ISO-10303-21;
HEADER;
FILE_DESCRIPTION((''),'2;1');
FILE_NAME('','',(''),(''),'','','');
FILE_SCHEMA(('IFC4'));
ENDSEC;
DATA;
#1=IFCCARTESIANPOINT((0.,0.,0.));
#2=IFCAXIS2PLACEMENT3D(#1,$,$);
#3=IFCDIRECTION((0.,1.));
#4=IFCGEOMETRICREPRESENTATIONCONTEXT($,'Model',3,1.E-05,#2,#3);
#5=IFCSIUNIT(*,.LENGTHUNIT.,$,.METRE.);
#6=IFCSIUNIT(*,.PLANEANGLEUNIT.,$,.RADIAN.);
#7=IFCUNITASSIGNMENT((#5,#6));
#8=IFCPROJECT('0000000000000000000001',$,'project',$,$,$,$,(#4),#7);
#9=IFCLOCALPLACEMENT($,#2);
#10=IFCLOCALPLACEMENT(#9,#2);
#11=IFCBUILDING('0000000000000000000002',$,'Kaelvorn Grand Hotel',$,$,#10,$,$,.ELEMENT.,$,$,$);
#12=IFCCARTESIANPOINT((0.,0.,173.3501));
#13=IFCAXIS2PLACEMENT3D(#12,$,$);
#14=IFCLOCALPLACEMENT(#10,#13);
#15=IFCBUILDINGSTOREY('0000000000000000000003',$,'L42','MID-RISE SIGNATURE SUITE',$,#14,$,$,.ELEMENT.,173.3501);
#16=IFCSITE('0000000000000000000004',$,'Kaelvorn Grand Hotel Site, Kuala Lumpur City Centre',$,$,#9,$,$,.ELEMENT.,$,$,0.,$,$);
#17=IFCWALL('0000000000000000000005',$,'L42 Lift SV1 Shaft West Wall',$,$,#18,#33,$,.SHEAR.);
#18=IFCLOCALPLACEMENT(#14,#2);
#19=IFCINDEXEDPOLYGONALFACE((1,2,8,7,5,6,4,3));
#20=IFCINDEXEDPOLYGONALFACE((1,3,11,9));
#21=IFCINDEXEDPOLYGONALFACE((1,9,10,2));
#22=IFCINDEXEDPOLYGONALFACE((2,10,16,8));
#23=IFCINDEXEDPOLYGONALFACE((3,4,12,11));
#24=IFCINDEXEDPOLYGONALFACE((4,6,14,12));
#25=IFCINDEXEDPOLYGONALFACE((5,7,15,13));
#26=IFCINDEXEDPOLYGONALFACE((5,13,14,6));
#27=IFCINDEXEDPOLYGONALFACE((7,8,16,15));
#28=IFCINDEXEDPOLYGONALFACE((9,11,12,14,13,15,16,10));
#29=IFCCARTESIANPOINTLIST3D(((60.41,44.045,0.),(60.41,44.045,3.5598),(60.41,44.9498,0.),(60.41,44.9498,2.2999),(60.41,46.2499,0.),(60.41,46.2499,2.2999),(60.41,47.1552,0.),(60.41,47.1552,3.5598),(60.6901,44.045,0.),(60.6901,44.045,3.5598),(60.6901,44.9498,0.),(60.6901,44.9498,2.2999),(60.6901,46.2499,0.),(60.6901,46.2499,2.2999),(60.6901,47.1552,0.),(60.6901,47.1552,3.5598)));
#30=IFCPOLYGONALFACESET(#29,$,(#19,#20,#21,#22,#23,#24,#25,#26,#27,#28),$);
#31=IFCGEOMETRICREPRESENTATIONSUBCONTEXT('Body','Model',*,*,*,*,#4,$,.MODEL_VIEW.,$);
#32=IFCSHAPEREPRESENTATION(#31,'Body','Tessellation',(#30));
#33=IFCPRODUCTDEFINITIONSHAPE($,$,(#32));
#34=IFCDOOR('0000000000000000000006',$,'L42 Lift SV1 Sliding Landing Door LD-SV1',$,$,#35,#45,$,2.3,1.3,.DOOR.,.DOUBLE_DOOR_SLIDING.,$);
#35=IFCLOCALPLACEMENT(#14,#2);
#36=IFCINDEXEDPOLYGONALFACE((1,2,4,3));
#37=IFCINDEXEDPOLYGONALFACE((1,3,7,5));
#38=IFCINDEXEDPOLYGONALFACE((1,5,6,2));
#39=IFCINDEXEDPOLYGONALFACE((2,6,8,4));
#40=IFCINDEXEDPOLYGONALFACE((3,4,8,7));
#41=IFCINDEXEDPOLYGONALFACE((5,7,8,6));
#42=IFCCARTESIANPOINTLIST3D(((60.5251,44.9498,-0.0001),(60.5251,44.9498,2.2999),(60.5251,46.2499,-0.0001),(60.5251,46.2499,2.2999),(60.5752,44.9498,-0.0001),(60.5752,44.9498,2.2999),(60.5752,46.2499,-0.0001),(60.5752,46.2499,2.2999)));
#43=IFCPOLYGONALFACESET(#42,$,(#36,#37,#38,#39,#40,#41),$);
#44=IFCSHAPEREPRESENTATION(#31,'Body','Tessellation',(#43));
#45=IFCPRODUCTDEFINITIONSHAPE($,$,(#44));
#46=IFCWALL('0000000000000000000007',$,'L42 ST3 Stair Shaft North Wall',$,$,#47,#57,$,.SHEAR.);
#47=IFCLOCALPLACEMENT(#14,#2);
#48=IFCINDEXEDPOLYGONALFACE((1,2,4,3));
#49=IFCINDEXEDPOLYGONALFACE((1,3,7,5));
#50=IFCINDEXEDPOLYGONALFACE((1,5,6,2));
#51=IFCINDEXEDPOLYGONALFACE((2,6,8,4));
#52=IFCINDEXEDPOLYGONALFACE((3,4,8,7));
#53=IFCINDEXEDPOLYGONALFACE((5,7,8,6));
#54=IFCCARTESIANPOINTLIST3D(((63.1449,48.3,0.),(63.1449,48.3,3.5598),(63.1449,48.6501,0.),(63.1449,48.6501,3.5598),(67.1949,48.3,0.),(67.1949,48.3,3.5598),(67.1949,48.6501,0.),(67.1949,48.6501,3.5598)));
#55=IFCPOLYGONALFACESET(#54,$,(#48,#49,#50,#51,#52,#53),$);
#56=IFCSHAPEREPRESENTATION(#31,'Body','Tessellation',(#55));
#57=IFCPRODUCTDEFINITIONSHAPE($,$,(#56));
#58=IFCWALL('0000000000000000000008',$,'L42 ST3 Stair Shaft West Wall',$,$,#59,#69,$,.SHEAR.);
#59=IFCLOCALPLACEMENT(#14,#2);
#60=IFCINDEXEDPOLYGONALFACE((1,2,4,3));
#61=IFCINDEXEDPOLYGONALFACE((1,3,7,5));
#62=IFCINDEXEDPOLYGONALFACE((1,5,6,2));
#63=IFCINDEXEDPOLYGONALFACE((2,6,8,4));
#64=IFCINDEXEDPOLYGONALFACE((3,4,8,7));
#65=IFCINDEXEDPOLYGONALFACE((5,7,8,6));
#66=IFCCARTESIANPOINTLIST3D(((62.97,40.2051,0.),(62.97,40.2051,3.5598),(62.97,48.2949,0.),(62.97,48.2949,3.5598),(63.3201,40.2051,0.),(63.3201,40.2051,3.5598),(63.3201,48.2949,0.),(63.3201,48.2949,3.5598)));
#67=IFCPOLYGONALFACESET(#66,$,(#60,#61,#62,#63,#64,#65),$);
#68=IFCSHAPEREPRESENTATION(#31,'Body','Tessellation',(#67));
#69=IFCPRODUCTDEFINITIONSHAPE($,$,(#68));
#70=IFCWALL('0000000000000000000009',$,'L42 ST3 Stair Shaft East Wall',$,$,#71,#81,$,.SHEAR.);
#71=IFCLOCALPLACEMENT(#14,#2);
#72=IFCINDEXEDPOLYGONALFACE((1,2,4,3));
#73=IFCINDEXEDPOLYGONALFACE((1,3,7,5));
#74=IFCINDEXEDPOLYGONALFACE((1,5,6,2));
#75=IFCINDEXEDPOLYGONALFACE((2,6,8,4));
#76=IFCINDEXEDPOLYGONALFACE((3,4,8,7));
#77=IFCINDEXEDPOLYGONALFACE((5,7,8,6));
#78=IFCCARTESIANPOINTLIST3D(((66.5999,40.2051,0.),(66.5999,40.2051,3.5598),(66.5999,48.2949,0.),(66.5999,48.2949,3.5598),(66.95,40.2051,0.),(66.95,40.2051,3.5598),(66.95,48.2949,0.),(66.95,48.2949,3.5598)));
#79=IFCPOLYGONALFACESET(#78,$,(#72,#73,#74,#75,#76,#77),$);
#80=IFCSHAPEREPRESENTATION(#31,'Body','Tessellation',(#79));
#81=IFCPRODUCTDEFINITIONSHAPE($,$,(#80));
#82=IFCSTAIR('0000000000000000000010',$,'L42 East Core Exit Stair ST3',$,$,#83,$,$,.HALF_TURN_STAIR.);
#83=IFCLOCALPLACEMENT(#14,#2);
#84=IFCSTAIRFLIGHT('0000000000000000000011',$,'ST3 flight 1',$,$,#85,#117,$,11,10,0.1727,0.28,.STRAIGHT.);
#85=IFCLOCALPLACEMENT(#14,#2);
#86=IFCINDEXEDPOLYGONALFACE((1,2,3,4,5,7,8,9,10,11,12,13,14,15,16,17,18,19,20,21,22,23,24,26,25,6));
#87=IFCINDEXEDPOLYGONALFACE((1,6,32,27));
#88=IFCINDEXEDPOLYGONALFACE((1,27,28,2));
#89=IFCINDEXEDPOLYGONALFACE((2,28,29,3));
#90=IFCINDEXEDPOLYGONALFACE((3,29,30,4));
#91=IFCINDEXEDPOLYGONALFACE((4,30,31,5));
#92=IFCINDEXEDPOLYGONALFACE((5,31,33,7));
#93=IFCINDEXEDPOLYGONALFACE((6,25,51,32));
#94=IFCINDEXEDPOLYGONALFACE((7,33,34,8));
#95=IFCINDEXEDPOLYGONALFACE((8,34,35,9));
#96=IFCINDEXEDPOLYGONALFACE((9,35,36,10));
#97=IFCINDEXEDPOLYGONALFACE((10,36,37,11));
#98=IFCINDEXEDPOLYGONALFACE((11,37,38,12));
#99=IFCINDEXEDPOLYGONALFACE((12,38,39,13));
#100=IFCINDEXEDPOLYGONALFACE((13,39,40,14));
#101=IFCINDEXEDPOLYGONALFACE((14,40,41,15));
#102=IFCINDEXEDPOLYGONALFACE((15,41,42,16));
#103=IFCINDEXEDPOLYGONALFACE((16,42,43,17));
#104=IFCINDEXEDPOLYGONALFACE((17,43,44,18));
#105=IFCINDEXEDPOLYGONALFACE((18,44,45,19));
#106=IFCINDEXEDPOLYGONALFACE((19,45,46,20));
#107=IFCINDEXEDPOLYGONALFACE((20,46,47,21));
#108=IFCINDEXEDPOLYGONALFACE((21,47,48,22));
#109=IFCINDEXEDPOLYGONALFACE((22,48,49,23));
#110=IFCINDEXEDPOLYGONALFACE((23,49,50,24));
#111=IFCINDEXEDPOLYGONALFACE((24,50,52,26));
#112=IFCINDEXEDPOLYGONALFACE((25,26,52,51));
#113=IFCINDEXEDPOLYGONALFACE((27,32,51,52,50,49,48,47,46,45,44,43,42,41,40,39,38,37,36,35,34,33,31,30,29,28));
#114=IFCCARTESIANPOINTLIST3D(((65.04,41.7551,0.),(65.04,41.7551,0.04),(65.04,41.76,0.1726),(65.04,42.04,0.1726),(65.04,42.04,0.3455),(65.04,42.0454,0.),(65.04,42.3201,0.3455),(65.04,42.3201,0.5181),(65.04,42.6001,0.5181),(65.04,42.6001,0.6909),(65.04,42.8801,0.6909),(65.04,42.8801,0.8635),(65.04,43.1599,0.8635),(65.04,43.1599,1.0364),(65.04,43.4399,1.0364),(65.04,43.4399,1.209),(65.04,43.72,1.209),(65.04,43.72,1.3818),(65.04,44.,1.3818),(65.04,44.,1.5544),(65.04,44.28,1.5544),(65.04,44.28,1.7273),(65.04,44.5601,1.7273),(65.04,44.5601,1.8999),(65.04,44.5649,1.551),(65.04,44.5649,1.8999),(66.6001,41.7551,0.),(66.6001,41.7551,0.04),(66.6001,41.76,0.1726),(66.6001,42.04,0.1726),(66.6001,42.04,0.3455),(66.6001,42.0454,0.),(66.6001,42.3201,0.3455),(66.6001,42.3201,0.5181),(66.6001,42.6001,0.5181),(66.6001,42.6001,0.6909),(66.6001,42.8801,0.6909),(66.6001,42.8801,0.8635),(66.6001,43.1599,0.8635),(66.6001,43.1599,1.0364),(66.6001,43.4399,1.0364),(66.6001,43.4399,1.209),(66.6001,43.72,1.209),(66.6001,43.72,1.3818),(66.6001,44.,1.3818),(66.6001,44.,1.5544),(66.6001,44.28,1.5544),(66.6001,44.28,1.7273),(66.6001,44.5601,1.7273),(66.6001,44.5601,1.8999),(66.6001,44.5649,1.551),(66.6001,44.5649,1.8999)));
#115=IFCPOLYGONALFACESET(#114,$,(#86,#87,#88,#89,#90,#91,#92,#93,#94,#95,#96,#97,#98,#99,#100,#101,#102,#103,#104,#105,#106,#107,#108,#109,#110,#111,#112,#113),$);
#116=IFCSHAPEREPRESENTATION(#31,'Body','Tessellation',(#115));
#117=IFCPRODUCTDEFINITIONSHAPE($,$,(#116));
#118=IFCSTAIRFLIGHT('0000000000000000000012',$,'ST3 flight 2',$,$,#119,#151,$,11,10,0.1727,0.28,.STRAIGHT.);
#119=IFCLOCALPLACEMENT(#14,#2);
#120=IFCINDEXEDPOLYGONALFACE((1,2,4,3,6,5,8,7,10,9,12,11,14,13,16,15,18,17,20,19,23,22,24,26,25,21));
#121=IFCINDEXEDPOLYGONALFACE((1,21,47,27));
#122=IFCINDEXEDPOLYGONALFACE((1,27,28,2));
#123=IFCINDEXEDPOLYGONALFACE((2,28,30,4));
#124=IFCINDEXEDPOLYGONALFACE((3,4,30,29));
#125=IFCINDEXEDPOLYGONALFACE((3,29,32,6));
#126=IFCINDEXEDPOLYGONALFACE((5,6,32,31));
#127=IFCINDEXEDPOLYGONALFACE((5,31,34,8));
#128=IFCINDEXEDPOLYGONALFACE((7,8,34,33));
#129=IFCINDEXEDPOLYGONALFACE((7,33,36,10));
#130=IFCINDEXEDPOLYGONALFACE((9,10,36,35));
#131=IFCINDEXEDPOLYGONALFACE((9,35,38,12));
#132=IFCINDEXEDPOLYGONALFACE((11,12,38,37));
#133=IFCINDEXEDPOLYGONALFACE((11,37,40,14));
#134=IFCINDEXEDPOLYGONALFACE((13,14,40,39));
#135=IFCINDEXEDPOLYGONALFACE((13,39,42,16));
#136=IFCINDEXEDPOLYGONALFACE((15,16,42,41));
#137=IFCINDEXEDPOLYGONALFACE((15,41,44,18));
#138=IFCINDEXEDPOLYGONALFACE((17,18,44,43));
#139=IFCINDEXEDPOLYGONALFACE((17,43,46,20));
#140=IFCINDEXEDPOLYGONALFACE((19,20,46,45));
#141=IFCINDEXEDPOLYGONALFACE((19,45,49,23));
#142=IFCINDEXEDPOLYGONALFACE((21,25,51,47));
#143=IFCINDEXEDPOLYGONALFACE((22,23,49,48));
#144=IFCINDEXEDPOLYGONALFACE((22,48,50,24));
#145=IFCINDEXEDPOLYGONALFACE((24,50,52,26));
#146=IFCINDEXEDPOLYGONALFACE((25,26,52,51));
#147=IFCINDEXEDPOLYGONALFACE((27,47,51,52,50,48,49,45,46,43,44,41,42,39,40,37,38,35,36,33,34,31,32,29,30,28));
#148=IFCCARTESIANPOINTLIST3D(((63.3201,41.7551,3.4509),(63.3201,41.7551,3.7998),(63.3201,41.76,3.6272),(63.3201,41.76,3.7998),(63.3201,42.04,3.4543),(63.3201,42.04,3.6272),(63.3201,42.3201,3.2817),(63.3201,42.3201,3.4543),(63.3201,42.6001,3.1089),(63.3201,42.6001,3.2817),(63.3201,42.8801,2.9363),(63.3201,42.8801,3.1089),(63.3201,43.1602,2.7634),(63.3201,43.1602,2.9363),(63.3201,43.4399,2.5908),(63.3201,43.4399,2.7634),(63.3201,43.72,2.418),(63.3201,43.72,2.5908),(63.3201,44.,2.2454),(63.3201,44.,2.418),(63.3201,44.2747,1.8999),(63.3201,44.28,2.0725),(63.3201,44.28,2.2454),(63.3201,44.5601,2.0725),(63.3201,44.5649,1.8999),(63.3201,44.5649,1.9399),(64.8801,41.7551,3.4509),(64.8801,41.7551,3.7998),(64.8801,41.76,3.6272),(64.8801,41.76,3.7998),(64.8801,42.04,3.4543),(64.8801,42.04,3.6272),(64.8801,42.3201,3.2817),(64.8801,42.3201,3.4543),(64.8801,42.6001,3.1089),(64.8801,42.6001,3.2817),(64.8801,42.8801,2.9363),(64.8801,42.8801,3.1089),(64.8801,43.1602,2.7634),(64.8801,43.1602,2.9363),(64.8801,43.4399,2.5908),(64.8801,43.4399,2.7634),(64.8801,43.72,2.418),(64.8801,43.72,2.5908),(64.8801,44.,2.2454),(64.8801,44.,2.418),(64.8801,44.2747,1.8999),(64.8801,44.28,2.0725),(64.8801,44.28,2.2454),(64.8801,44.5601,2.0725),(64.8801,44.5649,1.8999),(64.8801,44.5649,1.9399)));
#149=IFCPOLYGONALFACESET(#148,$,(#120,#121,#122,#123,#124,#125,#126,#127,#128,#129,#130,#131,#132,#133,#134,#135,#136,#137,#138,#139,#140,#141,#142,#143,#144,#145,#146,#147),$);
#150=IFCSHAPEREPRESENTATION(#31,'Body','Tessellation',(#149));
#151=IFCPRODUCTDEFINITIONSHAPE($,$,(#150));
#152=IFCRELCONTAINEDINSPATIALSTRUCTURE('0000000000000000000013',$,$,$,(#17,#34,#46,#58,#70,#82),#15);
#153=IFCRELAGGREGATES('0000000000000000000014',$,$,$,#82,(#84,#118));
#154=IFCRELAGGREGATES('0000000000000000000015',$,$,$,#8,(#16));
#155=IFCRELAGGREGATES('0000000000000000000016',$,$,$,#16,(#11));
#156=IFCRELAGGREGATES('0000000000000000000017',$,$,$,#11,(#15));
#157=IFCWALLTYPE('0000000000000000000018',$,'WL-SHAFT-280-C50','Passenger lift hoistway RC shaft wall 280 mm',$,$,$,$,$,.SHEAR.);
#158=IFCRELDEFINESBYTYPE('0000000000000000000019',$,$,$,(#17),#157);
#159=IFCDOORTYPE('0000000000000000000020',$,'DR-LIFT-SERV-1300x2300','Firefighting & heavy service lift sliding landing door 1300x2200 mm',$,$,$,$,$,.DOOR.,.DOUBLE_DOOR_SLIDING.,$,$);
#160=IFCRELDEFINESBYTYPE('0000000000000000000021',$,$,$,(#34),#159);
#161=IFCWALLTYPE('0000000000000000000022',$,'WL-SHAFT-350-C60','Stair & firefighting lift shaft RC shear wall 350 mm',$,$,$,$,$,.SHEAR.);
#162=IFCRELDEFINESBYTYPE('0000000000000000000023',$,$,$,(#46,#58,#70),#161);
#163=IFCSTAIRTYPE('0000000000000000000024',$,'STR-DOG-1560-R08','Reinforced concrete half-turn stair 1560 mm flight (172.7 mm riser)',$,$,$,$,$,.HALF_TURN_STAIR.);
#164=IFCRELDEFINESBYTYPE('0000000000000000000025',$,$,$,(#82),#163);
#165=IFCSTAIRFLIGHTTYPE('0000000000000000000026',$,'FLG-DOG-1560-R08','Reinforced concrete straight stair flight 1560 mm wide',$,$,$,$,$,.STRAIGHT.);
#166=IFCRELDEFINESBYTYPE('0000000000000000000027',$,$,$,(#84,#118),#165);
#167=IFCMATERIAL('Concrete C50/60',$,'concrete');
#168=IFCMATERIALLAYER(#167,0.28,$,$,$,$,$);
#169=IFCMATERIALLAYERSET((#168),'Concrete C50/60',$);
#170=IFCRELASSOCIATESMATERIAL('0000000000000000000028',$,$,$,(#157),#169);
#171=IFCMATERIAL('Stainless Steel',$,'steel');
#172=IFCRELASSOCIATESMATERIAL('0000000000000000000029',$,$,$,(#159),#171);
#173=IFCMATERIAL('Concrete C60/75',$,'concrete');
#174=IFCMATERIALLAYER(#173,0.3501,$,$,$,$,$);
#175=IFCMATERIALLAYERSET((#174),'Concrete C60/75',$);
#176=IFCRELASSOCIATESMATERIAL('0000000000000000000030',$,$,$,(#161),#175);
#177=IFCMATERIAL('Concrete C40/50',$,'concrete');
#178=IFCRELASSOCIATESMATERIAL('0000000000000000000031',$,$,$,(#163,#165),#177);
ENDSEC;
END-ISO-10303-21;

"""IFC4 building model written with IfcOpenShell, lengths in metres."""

from ifc_helpers import new_model, si_unit, direction, frame, frame_2d, origin, place, context, subcontext, project, spatial, polyline, rectangle, outline, extrude, material, layer, layer_set, type_object, element, fill, aggregate, save


model = new_model("IFC4")

# Units and contexts
model_context = context("Model", 3, precision=1e-05, world=origin(), true_north=direction((0.0, 1.0)))
body_context = subcontext(model_context, "Body", "Model", "MODEL_VIEW")
ifc_project = project(units=[si_unit("LENGTHUNIT", "METRE"), si_unit("PLANEANGLEUNIT", "RADIAN")], contexts=[model_context])

# Site, building, storey
site_placement = place(None, origin())
site = spatial("IfcSite", under=ifc_project, at=site_placement, Name="Kaelvorn Grand Hotel Site, Kuala Lumpur City Centre", CompositionType="ELEMENT", RefElevation=0.0)
building_placement = place(site_placement, origin())
building = spatial("IfcBuilding", under=site, at=building_placement, Name="Kaelvorn Grand Hotel", CompositionType="ELEMENT")
storey_placement = place(building_placement, frame((0.0, 0.0, 173.3501)))
storey = spatial("IfcBuildingStorey", under=building, at=storey_placement, Name="L42", Description="MID-RISE SIGNATURE SUITE", CompositionType="ELEMENT", Elevation=173.3501)

# Shared definitions
ifc_material_1 = material(Name="Concrete C60/75", Category="concrete")

# Shared definitions
ifc_material_2 = material(Name="Concrete C50/60", Category="concrete")

# Shared definitions
ifc_material_3 = material(Name="Concrete C40/50", Category="concrete")

# Shared definitions
ifc_layer_1 = layer(ifc_material_2, 0.28)
ifc_layer_set_1 = layer_set([ifc_layer_1], Name="Concrete C50/60")
wall_type_1 = type_object("IfcWallType", Name="WL-SHAFT-280-C50", Description="Passenger lift hoistway RC shaft wall 280 mm", PredefinedType="SHEAR", material=ifc_layer_set_1)
ifc_material_4 = material(Name="Stainless Steel", Category="steel")
door_type_1 = type_object("IfcDoorType", Name="DR-LIFT-SERV-1300x2300", Description="Firefighting & heavy service lift sliding landing door 1300x2200 mm", OperationType="DOUBLE_DOOR_SLIDING", PredefinedType="DOOR", material=ifc_material_4)

# Wall, opening, door
wall_1_placement = place(storey_placement, frame((60.55, 44.0449, 0.0), z_axis=(0.0, 0.0, 1.0), x_axis=(0.0, 1.0, 0.0)))
wall_1 = element("IfcWall", 1, at=wall_1_placement, inside=storey, type_object=wall_type_1, Name="L42 Lift SV1 Shaft West Wall", PredefinedType="SHEAR", context=body_context, shape_type="SweptSolid", body=[
    extrude(rectangle(XDim=3.1101, YDim=0.28, at=frame_2d((1.5552, 0.0))), origin(), (0.0, 0.0, 1.0), 3.5598),
])
opening_1_placement = place(wall_1_placement, frame((0.905, 0.0, 0.0)))
opening_1 = element("IfcOpeningElement", 2, at=opening_1_placement, cuts=wall_1, PredefinedType="OPENING", context=body_context, shape_type="SweptSolid", body=[
    extrude(rectangle(XDim=1.3, YDim=2.3, at=frame_2d((0.6499, 1.1499))), frame((0.0, 0.1499, 0.0), z_axis=(0.0, -1.0, 0.0), x_axis=(1.0, 0.0, 0.0)), (0.0, 0.0, 1.0), 0.3),
])
door_1_placement = place(opening_1_placement, origin())
door_1 = element("IfcDoor", 3, at=door_1_placement, inside=storey, type_object=door_type_1, Name="L42 Lift SV1 Sliding Landing Door LD-SV1", OperationType="DOUBLE_DOOR_SLIDING", OverallHeight=2.3, OverallWidth=1.3, PredefinedType="DOOR", context=body_context, shape_type="SweptSolid", body=[
    extrude(rectangle(XDim=1.3, YDim=2.3, at=frame_2d((0.6499, 1.1499))), frame((0.0, 0.0249, 0.0), z_axis=(0.0, -1.0, 0.0), x_axis=(1.0, 0.0, 0.0)), (0.0, 0.0, 1.0), 0.05),
])
fill(opening_1, door_1)
ifc_layer_2 = layer(ifc_material_1, 0.3501)
ifc_layer_set_2 = layer_set([ifc_layer_2], Name="Concrete C60/75")
wall_type_2 = type_object("IfcWallType", Name="WL-SHAFT-350-C60", Description="Stair & firefighting lift shaft RC shear wall 350 mm", PredefinedType="SHEAR", material=ifc_layer_set_2)

# Walls
wall_2_placement = place(storey_placement, frame((63.145, 48.4751, 0.0), z_axis=(0.0, 0.0, 1.0), x_axis=(1.0, 0.0, 0.0)))
element("IfcWall", 4, at=wall_2_placement, inside=storey, type_object=wall_type_2, Name="L42 ST3 Stair Shaft North Wall", PredefinedType="SHEAR", context=body_context, shape_type="SweptSolid", body=[
    extrude(rectangle(XDim=4.05, YDim=0.3501, at=frame_2d((2.0249, 0.0))), origin(), (0.0, 0.0, 1.0), 3.5598),
])
for number, where, z_axis, x_axis, name in (
    (5, (63.145, 40.2051, 0.0), (0.0, 0.0, 1.0), (0.0, 1.0, 0.0), "L42 ST3 Stair Shaft West Wall"),
    (6, (66.7749, 40.2051, 0.0), (0.0, 0.0, 1.0), (0.0, 1.0, 0.0), "L42 ST3 Stair Shaft East Wall"),
):
    element("IfcWall", number, at=place(storey_placement, frame(where, z_axis=z_axis, x_axis=x_axis)), inside=storey, type_object=wall_type_2, Name=name, PredefinedType="SHEAR", context=body_context, shape_type="SweptSolid", body=[
        extrude(rectangle(XDim=8.0898, YDim=0.3501, at=frame_2d((4.0449, 0.0))), origin(), (0.0, 0.0, 1.0), 3.5598),
    ])

# Stair, stair flights
stair_type = type_object("IfcStairType", Name="STR-DOG-1560-R08", Description="Reinforced concrete half-turn stair 1560 mm flight (172.7 mm riser)", PredefinedType="HALF_TURN_STAIR", material=ifc_material_3)
stair_placement = place(storey_placement, origin())
stair = element("IfcStair", 7, at=stair_placement, inside=storey, type_object=stair_type, Name="L42 East Core Exit Stair ST3", PredefinedType="HALF_TURN_STAIR")
stair_flight_type = type_object("IfcStairFlightType", Name="FLG-DOG-1560-R08", Description="Reinforced concrete straight stair flight 1560 mm wide", PredefinedType="STRAIGHT", material=ifc_material_3)
stair_flight_1_placement = place(storey_placement, frame((65.8201, 41.76, 0.0), z_axis=(0.0, 0.0, 1.0), x_axis=(0.0, 1.0, 0.0)))
stair_flight_1 = element("IfcStairFlight", 8, at=stair_flight_1_placement, type_object=stair_flight_type, Name="ST3 flight 1", NumberOfRisers=11, NumberOfTreads=10, PredefinedType="STRAIGHT", RiserHeight=0.1727, TreadLength=0.28, context=body_context, shape_type="SweptSolid", body=[
    extrude(outline(polyline([(-0.0049, 0.0), (-0.0049, 0.04), (0.0, 0.1726), (0.28, 0.1726), (0.28, 0.3455), (0.5601, 0.3455), (0.5601, 0.5181), (0.8401, 0.5181), (0.8401, 0.6909), (1.1201, 0.6909), (1.1201, 0.8635), (1.3999, 0.8635), (1.3999, 1.0364), (1.6799, 1.0364), (1.6799, 1.209), (1.96, 1.209), (1.96, 1.3818), (2.24, 1.3818), (2.24, 1.5544), (2.52, 1.5544), (2.52, 1.7273), (2.8, 1.7273), (2.8, 1.8999), (2.8049, 1.8999), (2.8049, 1.551), (0.2854, 0.0), (-0.0049, 0.0)])), frame((0.0, 0.78, 0.0), z_axis=(0.0, -1.0, 0.0), x_axis=(1.0, 0.0, 0.0)), (0.0, 0.0, 1.0), 1.5601),
])
stair_flight_2_placement = place(storey_placement, frame((64.1001, 44.5601, 1.8999), z_axis=(0.0, 0.0, 1.0), x_axis=(0.0, -1.0, 0.0)))
stair_flight_2 = element("IfcStairFlight", 9, at=stair_flight_2_placement, type_object=stair_flight_type, Name="ST3 flight 2", NumberOfRisers=11, NumberOfTreads=10, PredefinedType="STRAIGHT", RiserHeight=0.1727, TreadLength=0.28, context=body_context, shape_type="SweptSolid", body=[
    extrude(outline(polyline([(-0.0049, 0.0), (-0.0049, 0.04), (0.0, 0.1726), (0.28, 0.1726), (0.28, 0.3455), (0.5601, 0.3455), (0.5601, 0.5181), (0.8401, 0.5181), (0.8401, 0.6909), (1.1201, 0.6909), (1.1201, 0.8635), (1.3999, 0.8635), (1.3999, 1.0364), (1.6799, 1.0364), (1.6799, 1.209), (1.96, 1.209), (1.96, 1.3818), (2.24, 1.3818), (2.24, 1.5544), (2.52, 1.5544), (2.52, 1.7273), (2.8, 1.7273), (2.8, 1.8999), (2.8049, 1.8999), (2.8049, 1.551), (0.2854, 0.0), (-0.0049, 0.0)])), frame((0.0, 0.78, 0.0), z_axis=(0.0, -1.0, 0.0), x_axis=(1.0, 0.0, 0.0)), (0.0, 0.0, 1.0), 1.5601),
])
aggregate(stair, [stair_flight_1, stair_flight_2])

save(model, "model.ifc")
